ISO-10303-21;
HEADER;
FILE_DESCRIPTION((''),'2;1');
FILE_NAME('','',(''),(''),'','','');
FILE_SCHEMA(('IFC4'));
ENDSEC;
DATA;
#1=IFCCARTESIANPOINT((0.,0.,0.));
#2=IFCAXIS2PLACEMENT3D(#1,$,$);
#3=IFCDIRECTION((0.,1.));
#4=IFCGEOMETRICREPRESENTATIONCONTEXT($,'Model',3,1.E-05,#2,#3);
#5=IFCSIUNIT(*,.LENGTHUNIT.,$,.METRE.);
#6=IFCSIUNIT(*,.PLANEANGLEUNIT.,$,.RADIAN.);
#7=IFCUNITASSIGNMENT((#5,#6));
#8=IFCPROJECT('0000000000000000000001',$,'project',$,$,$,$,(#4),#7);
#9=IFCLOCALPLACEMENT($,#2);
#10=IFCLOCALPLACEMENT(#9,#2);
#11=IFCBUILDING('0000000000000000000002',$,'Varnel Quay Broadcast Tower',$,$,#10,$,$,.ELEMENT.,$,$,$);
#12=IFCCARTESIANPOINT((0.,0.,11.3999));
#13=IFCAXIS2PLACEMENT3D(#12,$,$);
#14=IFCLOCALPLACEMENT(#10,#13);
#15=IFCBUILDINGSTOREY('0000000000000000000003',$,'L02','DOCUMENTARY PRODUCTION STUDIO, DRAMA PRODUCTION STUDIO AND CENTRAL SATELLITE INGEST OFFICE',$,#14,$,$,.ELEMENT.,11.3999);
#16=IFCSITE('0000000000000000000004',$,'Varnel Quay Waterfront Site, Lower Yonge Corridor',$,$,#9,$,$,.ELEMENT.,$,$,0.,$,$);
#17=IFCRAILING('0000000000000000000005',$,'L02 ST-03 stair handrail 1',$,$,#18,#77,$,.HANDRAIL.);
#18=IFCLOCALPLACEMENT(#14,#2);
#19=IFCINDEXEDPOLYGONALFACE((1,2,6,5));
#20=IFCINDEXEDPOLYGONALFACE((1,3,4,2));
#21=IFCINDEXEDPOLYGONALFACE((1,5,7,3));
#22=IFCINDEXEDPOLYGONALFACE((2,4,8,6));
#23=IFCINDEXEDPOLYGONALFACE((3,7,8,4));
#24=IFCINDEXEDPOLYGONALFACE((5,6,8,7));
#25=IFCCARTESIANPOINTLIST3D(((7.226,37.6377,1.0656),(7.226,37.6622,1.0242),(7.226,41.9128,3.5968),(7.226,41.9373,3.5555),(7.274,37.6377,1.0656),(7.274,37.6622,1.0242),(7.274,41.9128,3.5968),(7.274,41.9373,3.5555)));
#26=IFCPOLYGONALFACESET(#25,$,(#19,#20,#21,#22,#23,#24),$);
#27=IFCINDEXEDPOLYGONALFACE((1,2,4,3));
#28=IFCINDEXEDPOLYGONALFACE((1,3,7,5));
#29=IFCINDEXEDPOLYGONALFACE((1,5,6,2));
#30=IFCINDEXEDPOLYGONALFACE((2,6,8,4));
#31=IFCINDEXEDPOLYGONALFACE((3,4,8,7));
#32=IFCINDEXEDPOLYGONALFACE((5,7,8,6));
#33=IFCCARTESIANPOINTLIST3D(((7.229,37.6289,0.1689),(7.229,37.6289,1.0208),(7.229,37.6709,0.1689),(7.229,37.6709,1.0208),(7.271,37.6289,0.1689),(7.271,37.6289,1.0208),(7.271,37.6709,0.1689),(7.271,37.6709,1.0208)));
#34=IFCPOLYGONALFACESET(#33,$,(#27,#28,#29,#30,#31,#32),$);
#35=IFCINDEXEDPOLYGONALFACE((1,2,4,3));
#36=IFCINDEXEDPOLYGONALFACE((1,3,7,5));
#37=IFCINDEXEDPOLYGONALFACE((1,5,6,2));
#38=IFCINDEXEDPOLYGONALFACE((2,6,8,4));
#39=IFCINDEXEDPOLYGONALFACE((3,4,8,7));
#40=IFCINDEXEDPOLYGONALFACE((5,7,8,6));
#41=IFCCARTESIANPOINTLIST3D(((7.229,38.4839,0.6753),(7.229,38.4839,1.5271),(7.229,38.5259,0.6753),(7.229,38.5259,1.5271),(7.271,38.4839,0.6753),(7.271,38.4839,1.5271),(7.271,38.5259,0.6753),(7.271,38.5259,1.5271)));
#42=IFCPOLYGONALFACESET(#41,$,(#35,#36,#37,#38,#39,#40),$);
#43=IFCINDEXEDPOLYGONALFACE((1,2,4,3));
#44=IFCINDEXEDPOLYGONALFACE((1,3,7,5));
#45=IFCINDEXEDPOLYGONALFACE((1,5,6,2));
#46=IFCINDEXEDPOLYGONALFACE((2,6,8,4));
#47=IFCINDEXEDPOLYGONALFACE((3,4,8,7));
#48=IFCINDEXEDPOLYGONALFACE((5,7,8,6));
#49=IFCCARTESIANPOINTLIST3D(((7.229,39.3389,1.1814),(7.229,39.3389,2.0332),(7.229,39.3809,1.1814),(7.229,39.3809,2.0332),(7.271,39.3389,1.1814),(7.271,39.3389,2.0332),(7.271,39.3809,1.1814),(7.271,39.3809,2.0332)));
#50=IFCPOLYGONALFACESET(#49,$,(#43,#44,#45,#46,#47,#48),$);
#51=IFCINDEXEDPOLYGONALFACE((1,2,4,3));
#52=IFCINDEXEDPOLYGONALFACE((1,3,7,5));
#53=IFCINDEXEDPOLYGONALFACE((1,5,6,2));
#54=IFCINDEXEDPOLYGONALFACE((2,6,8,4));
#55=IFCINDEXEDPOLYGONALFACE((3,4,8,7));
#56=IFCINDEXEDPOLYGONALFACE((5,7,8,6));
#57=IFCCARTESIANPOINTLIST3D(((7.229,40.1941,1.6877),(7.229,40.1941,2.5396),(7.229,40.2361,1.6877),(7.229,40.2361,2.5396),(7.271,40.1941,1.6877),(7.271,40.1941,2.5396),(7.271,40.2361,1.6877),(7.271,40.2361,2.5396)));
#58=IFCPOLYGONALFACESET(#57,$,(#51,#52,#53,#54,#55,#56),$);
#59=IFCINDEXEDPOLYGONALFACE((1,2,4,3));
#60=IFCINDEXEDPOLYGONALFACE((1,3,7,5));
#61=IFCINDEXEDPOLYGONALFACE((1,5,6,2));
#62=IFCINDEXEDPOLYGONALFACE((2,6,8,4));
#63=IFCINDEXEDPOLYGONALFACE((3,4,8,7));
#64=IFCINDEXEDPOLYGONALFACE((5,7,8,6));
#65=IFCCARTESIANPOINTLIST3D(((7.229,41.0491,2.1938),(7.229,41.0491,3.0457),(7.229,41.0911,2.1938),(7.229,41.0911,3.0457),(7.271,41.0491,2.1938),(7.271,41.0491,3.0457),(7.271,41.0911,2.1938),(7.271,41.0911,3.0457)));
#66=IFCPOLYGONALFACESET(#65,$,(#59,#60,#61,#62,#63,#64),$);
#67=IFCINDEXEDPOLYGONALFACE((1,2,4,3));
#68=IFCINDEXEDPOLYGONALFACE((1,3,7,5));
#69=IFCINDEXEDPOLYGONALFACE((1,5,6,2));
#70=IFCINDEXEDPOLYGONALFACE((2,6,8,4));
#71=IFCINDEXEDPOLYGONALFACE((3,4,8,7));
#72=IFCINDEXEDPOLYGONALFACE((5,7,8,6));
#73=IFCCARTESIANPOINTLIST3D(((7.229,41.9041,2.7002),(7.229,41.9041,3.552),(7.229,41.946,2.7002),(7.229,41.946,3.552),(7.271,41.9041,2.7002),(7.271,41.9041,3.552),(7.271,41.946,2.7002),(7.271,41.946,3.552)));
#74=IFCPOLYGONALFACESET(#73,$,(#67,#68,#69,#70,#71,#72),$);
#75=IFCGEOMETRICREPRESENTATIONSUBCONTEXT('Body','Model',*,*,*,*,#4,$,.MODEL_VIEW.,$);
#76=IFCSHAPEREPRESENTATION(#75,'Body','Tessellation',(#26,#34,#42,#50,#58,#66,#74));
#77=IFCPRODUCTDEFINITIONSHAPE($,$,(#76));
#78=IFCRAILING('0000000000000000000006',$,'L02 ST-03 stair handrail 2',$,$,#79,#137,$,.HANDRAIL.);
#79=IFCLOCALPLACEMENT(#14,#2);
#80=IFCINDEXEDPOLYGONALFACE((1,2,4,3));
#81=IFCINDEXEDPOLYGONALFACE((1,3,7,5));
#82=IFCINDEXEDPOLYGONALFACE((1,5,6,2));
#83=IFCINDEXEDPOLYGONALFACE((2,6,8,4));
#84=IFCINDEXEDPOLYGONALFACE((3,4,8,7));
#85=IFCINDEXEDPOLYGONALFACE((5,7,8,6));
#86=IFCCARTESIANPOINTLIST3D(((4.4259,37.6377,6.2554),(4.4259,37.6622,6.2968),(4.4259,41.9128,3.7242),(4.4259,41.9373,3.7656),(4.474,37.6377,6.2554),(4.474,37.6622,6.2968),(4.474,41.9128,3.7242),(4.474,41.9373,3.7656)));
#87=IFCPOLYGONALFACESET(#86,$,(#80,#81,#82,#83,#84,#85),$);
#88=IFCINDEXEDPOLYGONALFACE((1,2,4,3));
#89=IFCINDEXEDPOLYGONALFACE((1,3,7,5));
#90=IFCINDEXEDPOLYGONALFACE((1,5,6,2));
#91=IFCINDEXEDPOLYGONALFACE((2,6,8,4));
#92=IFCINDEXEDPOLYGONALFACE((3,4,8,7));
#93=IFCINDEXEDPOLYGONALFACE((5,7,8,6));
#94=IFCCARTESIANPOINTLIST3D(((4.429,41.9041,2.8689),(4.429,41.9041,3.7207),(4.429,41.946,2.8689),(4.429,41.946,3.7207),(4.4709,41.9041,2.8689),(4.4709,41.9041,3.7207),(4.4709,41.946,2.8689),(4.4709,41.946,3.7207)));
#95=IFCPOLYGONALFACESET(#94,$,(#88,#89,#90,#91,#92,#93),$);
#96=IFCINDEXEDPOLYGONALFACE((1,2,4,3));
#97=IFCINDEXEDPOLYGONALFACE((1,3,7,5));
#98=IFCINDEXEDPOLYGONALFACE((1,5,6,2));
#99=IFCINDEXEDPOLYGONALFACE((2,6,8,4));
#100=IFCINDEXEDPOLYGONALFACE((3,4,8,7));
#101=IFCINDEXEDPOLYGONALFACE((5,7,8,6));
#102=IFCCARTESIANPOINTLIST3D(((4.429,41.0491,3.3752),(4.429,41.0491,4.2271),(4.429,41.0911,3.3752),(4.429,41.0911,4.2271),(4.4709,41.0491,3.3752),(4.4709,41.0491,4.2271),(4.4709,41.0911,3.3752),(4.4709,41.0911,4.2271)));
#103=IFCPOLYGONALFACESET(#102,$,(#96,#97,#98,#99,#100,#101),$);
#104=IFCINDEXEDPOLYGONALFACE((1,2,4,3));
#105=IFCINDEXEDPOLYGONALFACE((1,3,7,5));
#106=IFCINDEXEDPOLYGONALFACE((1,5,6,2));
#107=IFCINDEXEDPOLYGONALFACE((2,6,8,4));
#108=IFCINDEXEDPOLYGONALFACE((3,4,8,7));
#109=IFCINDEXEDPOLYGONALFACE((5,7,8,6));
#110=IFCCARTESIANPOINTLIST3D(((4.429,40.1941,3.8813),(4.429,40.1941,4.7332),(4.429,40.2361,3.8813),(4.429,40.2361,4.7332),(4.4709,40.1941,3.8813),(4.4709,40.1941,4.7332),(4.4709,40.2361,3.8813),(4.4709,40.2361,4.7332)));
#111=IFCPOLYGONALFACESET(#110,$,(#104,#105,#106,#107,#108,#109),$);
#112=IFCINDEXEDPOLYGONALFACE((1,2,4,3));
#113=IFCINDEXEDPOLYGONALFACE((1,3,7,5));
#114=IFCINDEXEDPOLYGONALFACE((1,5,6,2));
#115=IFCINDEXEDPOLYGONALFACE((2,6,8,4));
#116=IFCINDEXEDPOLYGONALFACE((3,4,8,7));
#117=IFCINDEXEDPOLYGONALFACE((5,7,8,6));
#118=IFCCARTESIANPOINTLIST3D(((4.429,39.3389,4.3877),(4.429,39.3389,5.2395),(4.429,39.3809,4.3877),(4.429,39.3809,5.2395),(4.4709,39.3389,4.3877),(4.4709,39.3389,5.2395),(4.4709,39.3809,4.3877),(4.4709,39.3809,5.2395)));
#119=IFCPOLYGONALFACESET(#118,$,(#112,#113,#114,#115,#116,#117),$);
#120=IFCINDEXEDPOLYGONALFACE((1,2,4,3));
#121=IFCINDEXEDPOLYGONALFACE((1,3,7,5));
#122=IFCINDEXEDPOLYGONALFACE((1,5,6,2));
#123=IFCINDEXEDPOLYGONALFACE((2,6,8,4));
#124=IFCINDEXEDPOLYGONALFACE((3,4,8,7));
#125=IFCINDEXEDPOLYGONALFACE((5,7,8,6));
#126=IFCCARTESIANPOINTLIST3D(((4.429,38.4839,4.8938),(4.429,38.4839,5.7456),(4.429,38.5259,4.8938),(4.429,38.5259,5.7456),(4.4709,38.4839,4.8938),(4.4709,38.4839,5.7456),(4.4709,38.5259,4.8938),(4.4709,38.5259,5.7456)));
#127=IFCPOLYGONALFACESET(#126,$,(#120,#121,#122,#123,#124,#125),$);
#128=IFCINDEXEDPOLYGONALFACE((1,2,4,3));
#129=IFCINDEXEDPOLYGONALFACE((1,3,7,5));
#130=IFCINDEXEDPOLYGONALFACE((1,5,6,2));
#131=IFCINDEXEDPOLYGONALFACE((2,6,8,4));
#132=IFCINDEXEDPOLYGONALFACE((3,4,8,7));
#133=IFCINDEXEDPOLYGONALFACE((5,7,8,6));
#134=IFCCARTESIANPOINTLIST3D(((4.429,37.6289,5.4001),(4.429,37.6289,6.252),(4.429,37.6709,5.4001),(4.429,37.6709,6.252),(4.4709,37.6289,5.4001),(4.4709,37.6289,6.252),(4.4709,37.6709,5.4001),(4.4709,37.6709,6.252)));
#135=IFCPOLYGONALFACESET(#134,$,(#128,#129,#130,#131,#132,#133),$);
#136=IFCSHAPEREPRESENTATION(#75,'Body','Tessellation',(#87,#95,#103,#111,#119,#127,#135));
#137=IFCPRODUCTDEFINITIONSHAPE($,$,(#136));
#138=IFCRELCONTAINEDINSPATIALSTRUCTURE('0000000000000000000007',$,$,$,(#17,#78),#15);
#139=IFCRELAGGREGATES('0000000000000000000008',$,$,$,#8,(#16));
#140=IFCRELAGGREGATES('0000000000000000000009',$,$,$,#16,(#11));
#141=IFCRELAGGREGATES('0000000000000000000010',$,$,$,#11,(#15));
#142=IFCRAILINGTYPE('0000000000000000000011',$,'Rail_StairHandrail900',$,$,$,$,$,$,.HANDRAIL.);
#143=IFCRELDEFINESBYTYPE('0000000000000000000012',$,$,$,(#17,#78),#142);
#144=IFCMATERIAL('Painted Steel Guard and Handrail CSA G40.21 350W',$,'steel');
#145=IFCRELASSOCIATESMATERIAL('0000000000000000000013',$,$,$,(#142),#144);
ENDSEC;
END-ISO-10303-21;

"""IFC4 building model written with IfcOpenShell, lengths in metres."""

from ifc_helpers import new_model, si_unit, direction, frame, origin, origin_2d, place, context, subcontext, project, spatial, rectangle, extrude, material, type_object, element, save


model = new_model("IFC4")

# Units and contexts
model_context = context("Model", 3, precision=1e-05, world=origin(), true_north=direction((0.0, 1.0)))
body_context = subcontext(model_context, "Body", "Model", "MODEL_VIEW")
ifc_project = project(units=[si_unit("LENGTHUNIT", "METRE"), si_unit("PLANEANGLEUNIT", "RADIAN")], contexts=[model_context])

# Site, building, storey
site_placement = place(None, origin())
site = spatial("IfcSite", under=ifc_project, at=site_placement, Name="Varnel Quay Waterfront Site, Lower Yonge Corridor", CompositionType="ELEMENT", RefElevation=0.0)
building_placement = place(site_placement, origin())
building = spatial("IfcBuilding", under=site, at=building_placement, Name="Varnel Quay Broadcast Tower", CompositionType="ELEMENT")
storey_placement = place(building_placement, frame((0.0, 0.0, 11.3999)))
storey = spatial("IfcBuildingStorey", under=building, at=storey_placement, Name="L02", Description="DOCUMENTARY PRODUCTION STUDIO, DRAMA PRODUCTION STUDIO AND CENTRAL SATELLITE INGEST OFFICE", CompositionType="ELEMENT", Elevation=11.3999)

# Railings
ifc_material_1 = material(Name="Painted Steel Guard and Handrail CSA G40.21 350W", Category="steel")
railing_type_1 = type_object("IfcRailingType", Name="Rail_StairHandrail900", PredefinedType="HANDRAIL", material=ifc_material_1)
railing_1_placement = place(storey_placement, frame((7.25, 37.6499, 0.1689)))
element("IfcRailing", 1, at=railing_1_placement, inside=storey, type_object=railing_type_1, Name="L02 ST-03 stair handrail 1", PredefinedType="HANDRAIL", context=body_context, shape_type="SweptSolid", body=[
    extrude(rectangle(XDim=0.0481, YDim=0.0481, at=origin_2d()), frame((0.0, 0.0, 0.876), z_axis=(0.0, 0.860483, 0.509479), x_axis=(-1.0, 0.0, 0.0)), (0.0, 0.0, 1.0), 4.9683),
    extrude(rectangle(XDim=0.042, YDim=0.042, at=origin_2d()), origin(), (0.0, 0.0, 1.0), 0.8518),
    extrude(rectangle(XDim=0.042, YDim=0.042, at=origin_2d()), frame((0.0, 0.855, 0.5063)), (0.0, 0.0, 1.0), 0.8518),
    extrude(rectangle(XDim=0.042, YDim=0.042, at=origin_2d()), frame((0.0, 1.71, 1.0125)), (0.0, 0.0, 1.0), 0.8518),
    extrude(rectangle(XDim=0.042, YDim=0.042, at=origin_2d()), frame((0.0, 2.5652, 1.5188)), (0.0, 0.0, 1.0), 0.8518),
    extrude(rectangle(XDim=0.042, YDim=0.042, at=origin_2d()), frame((0.0, 3.4202, 2.0249)), (0.0, 0.0, 1.0), 0.8518),
    extrude(rectangle(XDim=0.042, YDim=0.042, at=origin_2d()), frame((0.0, 4.2751, 2.5312)), (0.0, 0.0, 1.0), 0.8518),
])
railing_2_placement = place(storey_placement, frame((4.45, 41.925, 2.8689)))
element("IfcRailing", 2, at=railing_2_placement, inside=storey, type_object=railing_type_1, Name="L02 ST-03 stair handrail 2", PredefinedType="HANDRAIL", context=body_context, shape_type="SweptSolid", body=[
    extrude(rectangle(XDim=0.0481, YDim=0.0481, at=origin_2d()), frame((0.0, 0.0, 0.876), z_axis=(0.0, -0.860483, 0.509479), x_axis=(1.0, 0.0, 0.0)), (0.0, 0.0, 1.0), 4.9683),
    extrude(rectangle(XDim=0.042, YDim=0.042, at=origin_2d()), origin(), (0.0, 0.0, 1.0), 0.8518),
    extrude(rectangle(XDim=0.042, YDim=0.042, at=origin_2d()), frame((0.0, -0.855, 0.5063)), (0.0, 0.0, 1.0), 0.8518),
    extrude(rectangle(XDim=0.042, YDim=0.042, at=origin_2d()), frame((0.0, -1.71, 1.0125)), (0.0, 0.0, 1.0), 0.8518),
    extrude(rectangle(XDim=0.042, YDim=0.042, at=origin_2d()), frame((0.0, -2.5652, 1.5188)), (0.0, 0.0, 1.0), 0.8518),
    extrude(rectangle(XDim=0.042, YDim=0.042, at=origin_2d()), frame((0.0, -3.4202, 2.0249)), (0.0, 0.0, 1.0), 0.8518),
    extrude(rectangle(XDim=0.042, YDim=0.042, at=origin_2d()), frame((0.0, -4.2751, 2.5312)), (0.0, 0.0, 1.0), 0.8518),
])

save(model, "model.ifc")
